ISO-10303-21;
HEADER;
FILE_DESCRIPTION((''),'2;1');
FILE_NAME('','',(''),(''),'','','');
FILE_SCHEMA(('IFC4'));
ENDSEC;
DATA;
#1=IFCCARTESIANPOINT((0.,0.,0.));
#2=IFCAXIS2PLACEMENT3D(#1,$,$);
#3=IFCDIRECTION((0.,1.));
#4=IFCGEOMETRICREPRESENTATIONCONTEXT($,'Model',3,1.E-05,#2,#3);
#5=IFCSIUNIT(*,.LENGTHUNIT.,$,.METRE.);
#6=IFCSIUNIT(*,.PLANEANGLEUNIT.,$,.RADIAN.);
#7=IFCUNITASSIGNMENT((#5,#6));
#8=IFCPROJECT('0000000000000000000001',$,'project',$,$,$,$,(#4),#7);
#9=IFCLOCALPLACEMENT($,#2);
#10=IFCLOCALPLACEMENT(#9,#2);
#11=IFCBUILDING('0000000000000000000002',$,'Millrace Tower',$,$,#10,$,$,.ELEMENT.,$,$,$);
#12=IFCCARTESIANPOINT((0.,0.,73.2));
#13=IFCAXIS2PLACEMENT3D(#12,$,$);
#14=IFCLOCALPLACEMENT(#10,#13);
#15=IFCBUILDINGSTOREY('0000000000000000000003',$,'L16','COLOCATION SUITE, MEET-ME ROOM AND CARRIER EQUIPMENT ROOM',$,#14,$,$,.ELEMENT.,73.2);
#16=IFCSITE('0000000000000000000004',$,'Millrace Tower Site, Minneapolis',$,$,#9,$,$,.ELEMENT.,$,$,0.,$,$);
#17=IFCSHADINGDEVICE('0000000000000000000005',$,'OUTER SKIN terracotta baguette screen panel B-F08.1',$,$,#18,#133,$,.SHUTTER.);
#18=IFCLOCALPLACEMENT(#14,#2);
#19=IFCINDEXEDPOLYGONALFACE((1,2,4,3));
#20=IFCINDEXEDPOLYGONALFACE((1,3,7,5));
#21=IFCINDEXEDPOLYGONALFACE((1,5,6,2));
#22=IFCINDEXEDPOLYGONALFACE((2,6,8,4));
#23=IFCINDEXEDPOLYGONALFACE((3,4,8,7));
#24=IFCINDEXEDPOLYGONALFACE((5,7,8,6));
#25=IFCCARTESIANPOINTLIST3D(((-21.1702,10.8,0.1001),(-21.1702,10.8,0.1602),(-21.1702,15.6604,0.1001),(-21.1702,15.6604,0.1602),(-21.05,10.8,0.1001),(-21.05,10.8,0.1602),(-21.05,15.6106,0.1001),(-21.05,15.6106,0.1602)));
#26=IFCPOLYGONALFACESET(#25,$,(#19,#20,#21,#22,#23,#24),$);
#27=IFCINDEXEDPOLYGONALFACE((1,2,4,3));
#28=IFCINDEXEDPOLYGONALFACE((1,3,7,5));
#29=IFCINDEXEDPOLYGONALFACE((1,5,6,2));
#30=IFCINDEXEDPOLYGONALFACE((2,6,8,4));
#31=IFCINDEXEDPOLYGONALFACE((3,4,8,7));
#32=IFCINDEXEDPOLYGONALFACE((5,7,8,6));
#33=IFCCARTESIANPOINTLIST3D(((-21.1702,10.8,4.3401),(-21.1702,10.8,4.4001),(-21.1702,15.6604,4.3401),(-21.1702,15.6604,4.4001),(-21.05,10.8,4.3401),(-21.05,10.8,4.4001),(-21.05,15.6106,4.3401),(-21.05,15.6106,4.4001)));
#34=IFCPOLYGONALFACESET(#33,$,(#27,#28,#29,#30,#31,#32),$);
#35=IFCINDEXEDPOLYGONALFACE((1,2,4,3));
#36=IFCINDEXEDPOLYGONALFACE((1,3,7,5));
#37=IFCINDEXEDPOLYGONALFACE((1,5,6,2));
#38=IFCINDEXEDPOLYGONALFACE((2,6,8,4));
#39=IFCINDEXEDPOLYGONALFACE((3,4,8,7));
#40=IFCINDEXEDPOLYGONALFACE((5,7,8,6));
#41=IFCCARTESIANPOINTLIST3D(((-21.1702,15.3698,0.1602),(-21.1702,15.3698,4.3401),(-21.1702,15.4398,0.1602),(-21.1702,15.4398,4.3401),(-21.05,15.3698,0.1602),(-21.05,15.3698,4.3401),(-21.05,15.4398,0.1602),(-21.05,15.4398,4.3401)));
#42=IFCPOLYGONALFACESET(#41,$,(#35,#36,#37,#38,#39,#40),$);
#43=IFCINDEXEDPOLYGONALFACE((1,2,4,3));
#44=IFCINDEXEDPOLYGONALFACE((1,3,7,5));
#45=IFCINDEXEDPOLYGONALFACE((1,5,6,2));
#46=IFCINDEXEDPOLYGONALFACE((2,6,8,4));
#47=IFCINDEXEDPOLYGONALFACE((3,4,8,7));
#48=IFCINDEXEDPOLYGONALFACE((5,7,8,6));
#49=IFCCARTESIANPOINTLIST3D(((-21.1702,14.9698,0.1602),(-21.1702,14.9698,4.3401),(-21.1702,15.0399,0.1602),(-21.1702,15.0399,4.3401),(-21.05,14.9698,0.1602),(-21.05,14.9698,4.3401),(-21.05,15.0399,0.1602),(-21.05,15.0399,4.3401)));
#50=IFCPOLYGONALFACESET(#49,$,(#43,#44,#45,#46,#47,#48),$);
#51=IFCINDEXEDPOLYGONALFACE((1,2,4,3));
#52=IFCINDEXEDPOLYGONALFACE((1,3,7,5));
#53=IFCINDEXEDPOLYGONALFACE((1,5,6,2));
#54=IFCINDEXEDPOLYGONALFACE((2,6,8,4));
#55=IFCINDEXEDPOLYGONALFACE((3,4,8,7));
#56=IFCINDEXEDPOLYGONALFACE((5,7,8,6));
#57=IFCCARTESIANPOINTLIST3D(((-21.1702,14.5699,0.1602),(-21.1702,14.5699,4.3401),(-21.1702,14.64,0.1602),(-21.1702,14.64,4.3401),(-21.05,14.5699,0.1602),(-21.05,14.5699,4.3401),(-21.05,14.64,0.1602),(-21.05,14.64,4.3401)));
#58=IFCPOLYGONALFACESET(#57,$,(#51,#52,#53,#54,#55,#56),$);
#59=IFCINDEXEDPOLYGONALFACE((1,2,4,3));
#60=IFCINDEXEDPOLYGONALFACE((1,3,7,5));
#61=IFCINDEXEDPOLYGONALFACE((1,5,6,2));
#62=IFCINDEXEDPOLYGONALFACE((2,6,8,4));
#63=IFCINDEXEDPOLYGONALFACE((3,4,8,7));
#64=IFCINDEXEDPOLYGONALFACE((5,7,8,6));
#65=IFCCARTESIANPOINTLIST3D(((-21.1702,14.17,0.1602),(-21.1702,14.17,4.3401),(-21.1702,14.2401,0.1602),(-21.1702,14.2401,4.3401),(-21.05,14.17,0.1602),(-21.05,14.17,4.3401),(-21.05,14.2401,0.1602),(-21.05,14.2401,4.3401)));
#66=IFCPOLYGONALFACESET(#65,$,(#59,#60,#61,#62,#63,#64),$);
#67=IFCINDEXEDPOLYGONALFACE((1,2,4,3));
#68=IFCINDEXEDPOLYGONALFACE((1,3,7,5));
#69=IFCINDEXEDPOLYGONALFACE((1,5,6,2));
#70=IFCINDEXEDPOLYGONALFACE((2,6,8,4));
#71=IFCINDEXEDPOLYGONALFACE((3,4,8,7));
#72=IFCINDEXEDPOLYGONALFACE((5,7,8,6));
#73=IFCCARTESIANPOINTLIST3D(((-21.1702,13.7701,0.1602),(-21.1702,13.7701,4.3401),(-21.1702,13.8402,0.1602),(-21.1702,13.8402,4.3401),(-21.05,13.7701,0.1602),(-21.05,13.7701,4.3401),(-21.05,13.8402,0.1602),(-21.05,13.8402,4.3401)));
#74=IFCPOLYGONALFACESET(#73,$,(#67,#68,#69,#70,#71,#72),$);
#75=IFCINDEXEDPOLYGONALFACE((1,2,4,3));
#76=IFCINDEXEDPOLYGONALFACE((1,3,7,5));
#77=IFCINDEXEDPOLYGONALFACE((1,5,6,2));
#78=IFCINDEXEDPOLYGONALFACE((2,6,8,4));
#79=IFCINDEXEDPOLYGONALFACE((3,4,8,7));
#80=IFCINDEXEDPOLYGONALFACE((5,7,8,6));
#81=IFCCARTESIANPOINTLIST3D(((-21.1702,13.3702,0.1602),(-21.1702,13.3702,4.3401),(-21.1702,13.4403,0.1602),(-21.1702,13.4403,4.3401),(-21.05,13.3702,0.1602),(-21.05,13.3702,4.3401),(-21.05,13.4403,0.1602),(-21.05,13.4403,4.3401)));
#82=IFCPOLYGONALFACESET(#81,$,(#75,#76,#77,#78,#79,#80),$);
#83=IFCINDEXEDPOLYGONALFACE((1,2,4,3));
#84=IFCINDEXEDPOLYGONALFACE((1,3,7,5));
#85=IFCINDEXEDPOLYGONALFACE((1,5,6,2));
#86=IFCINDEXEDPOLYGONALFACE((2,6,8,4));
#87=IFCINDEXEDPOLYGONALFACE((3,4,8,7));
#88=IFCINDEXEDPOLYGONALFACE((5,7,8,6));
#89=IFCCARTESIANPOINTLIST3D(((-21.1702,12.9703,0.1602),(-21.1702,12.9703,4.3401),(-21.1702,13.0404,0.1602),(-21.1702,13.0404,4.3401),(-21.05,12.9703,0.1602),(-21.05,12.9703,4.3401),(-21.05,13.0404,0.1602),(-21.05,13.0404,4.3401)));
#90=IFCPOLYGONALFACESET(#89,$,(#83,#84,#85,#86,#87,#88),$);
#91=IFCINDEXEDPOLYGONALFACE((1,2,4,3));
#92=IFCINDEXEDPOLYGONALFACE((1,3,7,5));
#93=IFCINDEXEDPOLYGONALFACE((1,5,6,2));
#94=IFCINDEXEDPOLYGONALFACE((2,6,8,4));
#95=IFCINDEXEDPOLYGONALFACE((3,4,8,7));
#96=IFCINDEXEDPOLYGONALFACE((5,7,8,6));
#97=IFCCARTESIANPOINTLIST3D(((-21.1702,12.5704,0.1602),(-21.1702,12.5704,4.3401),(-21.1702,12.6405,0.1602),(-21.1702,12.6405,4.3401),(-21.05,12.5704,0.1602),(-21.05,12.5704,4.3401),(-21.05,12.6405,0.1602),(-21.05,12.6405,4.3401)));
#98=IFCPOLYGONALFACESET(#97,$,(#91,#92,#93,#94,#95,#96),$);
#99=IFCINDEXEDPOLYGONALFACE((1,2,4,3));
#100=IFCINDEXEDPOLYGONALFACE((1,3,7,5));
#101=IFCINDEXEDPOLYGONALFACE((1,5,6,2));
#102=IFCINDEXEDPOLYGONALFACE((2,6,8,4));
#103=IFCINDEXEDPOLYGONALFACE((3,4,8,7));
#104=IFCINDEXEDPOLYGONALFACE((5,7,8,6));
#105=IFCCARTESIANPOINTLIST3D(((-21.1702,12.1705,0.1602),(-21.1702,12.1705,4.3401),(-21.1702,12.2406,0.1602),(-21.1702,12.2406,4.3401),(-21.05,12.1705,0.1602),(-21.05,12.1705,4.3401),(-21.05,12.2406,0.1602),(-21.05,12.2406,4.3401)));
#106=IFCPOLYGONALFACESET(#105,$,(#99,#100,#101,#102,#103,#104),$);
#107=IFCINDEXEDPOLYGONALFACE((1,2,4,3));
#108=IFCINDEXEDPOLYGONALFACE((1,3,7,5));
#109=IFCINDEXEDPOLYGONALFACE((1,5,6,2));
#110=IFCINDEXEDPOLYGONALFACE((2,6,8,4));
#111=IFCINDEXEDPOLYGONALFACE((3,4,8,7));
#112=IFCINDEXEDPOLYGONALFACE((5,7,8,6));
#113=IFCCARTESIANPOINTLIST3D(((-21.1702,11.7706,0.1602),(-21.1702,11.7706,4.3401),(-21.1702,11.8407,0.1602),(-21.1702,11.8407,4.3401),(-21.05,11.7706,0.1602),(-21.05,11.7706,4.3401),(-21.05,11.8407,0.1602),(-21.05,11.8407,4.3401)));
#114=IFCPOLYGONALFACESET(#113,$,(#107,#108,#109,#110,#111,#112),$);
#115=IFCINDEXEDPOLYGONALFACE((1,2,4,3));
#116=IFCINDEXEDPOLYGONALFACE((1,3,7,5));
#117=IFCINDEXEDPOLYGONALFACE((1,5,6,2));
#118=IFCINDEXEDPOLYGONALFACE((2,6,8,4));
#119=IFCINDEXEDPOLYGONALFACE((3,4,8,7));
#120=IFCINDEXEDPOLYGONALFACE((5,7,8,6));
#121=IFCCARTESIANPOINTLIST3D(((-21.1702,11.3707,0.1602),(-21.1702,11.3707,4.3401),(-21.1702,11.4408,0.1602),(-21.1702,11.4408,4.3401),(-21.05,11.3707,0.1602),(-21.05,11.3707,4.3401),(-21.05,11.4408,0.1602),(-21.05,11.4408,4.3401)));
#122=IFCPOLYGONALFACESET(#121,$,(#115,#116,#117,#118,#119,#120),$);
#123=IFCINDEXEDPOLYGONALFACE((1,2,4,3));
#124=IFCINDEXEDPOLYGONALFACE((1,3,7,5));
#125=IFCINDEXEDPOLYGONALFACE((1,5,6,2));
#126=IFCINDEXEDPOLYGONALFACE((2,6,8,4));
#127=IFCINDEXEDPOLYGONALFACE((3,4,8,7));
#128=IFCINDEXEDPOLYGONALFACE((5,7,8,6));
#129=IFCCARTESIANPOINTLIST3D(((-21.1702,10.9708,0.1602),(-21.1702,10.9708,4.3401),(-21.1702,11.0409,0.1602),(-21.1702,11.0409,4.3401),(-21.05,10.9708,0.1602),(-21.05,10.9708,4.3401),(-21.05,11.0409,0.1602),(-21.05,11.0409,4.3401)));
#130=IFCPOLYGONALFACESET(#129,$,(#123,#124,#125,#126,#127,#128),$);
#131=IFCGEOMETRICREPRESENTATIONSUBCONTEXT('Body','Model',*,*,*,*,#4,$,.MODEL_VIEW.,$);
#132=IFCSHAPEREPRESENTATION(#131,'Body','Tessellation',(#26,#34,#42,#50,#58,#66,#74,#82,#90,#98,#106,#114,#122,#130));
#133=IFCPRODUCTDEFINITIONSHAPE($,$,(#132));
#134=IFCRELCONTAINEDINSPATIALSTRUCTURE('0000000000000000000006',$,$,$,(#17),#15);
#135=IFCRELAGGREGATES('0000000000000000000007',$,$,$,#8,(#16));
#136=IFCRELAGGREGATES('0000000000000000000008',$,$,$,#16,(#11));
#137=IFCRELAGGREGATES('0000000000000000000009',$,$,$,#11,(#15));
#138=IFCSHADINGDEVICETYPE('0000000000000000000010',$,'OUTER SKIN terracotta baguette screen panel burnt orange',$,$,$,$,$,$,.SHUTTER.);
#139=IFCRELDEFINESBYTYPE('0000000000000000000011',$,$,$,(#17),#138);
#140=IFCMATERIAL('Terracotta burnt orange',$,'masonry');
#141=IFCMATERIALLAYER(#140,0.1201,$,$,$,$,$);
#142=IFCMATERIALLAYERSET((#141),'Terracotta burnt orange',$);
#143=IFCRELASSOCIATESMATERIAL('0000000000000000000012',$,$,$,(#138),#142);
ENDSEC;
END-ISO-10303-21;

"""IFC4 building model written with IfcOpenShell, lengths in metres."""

from ifc_helpers import new_model, entity, si_unit, direction, frame, frame_2d, origin, place, context, subcontext, project, spatial, rectangle, extrude, source, transform, mapped, material, layer, layer_set, type_object, element, save


model = new_model("IFC4")

# Units and contexts
model_context = context("Model", 3, precision=1e-05, world=origin(), true_north=direction((0.0, 1.0)))
body_context = subcontext(model_context, "Body", "Model", "MODEL_VIEW")
ifc_project = project(units=[si_unit("LENGTHUNIT", "METRE"), si_unit("PLANEANGLEUNIT", "RADIAN")], contexts=[model_context])

# Site, building, storey
site_placement = place(None, origin())
site = spatial("IfcSite", under=ifc_project, at=site_placement, Name="Millrace Tower Site, Minneapolis", CompositionType="ELEMENT", RefElevation=0.0)
building_placement = place(site_placement, origin())
building = spatial("IfcBuilding", under=site, at=building_placement, Name="Millrace Tower", CompositionType="ELEMENT")
storey_placement = place(building_placement, frame((0.0, 0.0, 73.2)))
storey = spatial("IfcBuildingStorey", under=building, at=storey_placement, Name="L16", Description="COLOCATION SUITE, MEET-ME ROOM AND CARRIER EQUIPMENT ROOM", CompositionType="ELEMENT", Elevation=73.2)

# Shading device
ifc_material_1 = material(Name="Terracotta burnt orange", Category="masonry")
ifc_layer_1 = layer(ifc_material_1, 0.1201)
ifc_layer_set_1 = layer_set([ifc_layer_1], Name="Terracotta burnt orange")
shading_device_type = type_object("IfcShadingDeviceType", Name="OUTER SKIN terracotta baguette screen panel burnt orange", PredefinedType="SHUTTER", material=ifc_layer_set_1)
cartesian_point_1 = entity("IfcCartesianPoint", [-2.3928, 0.0601])
shared_polyline_1 = entity("IfcPolyline", [cartesian_point_1, entity("IfcCartesianPoint", [2.4177, 0.0601]), entity("IfcCartesianPoint", [2.4177, -0.0601]), entity("IfcCartesianPoint", [-2.4426, -0.0601]), cartesian_point_1])
shared_shape_1 = source(origin(), body_context, "Body", "SweptSolid", [
    entity("IfcExtrudedAreaSolid", entity("IfcArbitraryClosedProfileDef", "AREA", None, shared_polyline_1), entity("IfcAxis2Placement3D", entity("IfcCartesianPoint", [0.0, 0.0, 0.0])), entity("IfcDirection", [0.0, 0.0, 1.0]), 0.0601),
    entity("IfcExtrudedAreaSolid", entity("IfcArbitraryClosedProfileDef", "AREA", None, shared_polyline_1), entity("IfcAxis2Placement3D", entity("IfcCartesianPoint", [0.0, 0.0, 4.24])), entity("IfcDirection", [0.0, 0.0, 1.0]), 0.0601),
    extrude(rectangle(XDim=0.0701, YDim=0.1201, at=frame_2d((-2.187, 0.0))), frame((0.0, 0.0, 0.0601)), (0.0, 0.0, 1.0), 4.1799),
    extrude(rectangle(XDim=0.0701, YDim=0.1201, at=frame_2d((-1.7871, 0.0))), frame((0.0, 0.0, 0.0601)), (0.0, 0.0, 1.0), 4.1799),
    extrude(rectangle(XDim=0.0701, YDim=0.1201, at=frame_2d((-1.3872, 0.0))), frame((0.0, 0.0, 0.0601)), (0.0, 0.0, 1.0), 4.1799),
    extrude(rectangle(XDim=0.0701, YDim=0.1201, at=frame_2d((-0.9873, 0.0))), frame((0.0, 0.0, 0.0601)), (0.0, 0.0, 1.0), 4.1799),
    extrude(rectangle(XDim=0.0701, YDim=0.1201, at=frame_2d((-0.5874, 0.0))), frame((0.0, 0.0, 0.0601)), (0.0, 0.0, 1.0), 4.1799),
    extrude(rectangle(XDim=0.0701, YDim=0.1201, at=frame_2d((-0.1875, 0.0))), frame((0.0, 0.0, 0.0601)), (0.0, 0.0, 1.0), 4.1799),
    extrude(rectangle(XDim=0.0701, YDim=0.1201, at=frame_2d((0.2124, 0.0))), frame((0.0, 0.0, 0.0601)), (0.0, 0.0, 1.0), 4.1799),
    extrude(rectangle(XDim=0.0701, YDim=0.1201, at=frame_2d((0.6123, 0.0))), frame((0.0, 0.0, 0.0601)), (0.0, 0.0, 1.0), 4.1799),
    extrude(rectangle(XDim=0.0701, YDim=0.1201, at=frame_2d((1.0122, 0.0))), frame((0.0, 0.0, 0.0601)), (0.0, 0.0, 1.0), 4.1799),
    extrude(rectangle(XDim=0.0701, YDim=0.1201, at=frame_2d((1.4121, 0.0))), frame((0.0, 0.0, 0.0601)), (0.0, 0.0, 1.0), 4.1799),
    extrude(rectangle(XDim=0.0701, YDim=0.1201, at=frame_2d((1.812, 0.0))), frame((0.0, 0.0, 0.0601)), (0.0, 0.0, 1.0), 4.1799),
    extrude(rectangle(XDim=0.0701, YDim=0.1201, at=frame_2d((2.2119, 0.0))), frame((0.0, 0.0, 0.0601)), (0.0, 0.0, 1.0), 4.1799),
])
shading_device_1_placement = place(storey_placement, frame((-21.1101, 13.2178, 0.1001), z_axis=(0.0, 0.0, 1.0), x_axis=(0.0, -1.0, 0.0)))
element("IfcShadingDevice", 1, at=shading_device_1_placement, inside=storey, type_object=shading_device_type, Name="OUTER SKIN terracotta baguette screen panel B-F08.1", PredefinedType="SHUTTER", context=body_context, shape_type="MappedRepresentation", body=[
    mapped(shared_shape_1, transform((0.0, 0.0, 0.0), scale=1.0)),
])

save(model, "model.ifc")
